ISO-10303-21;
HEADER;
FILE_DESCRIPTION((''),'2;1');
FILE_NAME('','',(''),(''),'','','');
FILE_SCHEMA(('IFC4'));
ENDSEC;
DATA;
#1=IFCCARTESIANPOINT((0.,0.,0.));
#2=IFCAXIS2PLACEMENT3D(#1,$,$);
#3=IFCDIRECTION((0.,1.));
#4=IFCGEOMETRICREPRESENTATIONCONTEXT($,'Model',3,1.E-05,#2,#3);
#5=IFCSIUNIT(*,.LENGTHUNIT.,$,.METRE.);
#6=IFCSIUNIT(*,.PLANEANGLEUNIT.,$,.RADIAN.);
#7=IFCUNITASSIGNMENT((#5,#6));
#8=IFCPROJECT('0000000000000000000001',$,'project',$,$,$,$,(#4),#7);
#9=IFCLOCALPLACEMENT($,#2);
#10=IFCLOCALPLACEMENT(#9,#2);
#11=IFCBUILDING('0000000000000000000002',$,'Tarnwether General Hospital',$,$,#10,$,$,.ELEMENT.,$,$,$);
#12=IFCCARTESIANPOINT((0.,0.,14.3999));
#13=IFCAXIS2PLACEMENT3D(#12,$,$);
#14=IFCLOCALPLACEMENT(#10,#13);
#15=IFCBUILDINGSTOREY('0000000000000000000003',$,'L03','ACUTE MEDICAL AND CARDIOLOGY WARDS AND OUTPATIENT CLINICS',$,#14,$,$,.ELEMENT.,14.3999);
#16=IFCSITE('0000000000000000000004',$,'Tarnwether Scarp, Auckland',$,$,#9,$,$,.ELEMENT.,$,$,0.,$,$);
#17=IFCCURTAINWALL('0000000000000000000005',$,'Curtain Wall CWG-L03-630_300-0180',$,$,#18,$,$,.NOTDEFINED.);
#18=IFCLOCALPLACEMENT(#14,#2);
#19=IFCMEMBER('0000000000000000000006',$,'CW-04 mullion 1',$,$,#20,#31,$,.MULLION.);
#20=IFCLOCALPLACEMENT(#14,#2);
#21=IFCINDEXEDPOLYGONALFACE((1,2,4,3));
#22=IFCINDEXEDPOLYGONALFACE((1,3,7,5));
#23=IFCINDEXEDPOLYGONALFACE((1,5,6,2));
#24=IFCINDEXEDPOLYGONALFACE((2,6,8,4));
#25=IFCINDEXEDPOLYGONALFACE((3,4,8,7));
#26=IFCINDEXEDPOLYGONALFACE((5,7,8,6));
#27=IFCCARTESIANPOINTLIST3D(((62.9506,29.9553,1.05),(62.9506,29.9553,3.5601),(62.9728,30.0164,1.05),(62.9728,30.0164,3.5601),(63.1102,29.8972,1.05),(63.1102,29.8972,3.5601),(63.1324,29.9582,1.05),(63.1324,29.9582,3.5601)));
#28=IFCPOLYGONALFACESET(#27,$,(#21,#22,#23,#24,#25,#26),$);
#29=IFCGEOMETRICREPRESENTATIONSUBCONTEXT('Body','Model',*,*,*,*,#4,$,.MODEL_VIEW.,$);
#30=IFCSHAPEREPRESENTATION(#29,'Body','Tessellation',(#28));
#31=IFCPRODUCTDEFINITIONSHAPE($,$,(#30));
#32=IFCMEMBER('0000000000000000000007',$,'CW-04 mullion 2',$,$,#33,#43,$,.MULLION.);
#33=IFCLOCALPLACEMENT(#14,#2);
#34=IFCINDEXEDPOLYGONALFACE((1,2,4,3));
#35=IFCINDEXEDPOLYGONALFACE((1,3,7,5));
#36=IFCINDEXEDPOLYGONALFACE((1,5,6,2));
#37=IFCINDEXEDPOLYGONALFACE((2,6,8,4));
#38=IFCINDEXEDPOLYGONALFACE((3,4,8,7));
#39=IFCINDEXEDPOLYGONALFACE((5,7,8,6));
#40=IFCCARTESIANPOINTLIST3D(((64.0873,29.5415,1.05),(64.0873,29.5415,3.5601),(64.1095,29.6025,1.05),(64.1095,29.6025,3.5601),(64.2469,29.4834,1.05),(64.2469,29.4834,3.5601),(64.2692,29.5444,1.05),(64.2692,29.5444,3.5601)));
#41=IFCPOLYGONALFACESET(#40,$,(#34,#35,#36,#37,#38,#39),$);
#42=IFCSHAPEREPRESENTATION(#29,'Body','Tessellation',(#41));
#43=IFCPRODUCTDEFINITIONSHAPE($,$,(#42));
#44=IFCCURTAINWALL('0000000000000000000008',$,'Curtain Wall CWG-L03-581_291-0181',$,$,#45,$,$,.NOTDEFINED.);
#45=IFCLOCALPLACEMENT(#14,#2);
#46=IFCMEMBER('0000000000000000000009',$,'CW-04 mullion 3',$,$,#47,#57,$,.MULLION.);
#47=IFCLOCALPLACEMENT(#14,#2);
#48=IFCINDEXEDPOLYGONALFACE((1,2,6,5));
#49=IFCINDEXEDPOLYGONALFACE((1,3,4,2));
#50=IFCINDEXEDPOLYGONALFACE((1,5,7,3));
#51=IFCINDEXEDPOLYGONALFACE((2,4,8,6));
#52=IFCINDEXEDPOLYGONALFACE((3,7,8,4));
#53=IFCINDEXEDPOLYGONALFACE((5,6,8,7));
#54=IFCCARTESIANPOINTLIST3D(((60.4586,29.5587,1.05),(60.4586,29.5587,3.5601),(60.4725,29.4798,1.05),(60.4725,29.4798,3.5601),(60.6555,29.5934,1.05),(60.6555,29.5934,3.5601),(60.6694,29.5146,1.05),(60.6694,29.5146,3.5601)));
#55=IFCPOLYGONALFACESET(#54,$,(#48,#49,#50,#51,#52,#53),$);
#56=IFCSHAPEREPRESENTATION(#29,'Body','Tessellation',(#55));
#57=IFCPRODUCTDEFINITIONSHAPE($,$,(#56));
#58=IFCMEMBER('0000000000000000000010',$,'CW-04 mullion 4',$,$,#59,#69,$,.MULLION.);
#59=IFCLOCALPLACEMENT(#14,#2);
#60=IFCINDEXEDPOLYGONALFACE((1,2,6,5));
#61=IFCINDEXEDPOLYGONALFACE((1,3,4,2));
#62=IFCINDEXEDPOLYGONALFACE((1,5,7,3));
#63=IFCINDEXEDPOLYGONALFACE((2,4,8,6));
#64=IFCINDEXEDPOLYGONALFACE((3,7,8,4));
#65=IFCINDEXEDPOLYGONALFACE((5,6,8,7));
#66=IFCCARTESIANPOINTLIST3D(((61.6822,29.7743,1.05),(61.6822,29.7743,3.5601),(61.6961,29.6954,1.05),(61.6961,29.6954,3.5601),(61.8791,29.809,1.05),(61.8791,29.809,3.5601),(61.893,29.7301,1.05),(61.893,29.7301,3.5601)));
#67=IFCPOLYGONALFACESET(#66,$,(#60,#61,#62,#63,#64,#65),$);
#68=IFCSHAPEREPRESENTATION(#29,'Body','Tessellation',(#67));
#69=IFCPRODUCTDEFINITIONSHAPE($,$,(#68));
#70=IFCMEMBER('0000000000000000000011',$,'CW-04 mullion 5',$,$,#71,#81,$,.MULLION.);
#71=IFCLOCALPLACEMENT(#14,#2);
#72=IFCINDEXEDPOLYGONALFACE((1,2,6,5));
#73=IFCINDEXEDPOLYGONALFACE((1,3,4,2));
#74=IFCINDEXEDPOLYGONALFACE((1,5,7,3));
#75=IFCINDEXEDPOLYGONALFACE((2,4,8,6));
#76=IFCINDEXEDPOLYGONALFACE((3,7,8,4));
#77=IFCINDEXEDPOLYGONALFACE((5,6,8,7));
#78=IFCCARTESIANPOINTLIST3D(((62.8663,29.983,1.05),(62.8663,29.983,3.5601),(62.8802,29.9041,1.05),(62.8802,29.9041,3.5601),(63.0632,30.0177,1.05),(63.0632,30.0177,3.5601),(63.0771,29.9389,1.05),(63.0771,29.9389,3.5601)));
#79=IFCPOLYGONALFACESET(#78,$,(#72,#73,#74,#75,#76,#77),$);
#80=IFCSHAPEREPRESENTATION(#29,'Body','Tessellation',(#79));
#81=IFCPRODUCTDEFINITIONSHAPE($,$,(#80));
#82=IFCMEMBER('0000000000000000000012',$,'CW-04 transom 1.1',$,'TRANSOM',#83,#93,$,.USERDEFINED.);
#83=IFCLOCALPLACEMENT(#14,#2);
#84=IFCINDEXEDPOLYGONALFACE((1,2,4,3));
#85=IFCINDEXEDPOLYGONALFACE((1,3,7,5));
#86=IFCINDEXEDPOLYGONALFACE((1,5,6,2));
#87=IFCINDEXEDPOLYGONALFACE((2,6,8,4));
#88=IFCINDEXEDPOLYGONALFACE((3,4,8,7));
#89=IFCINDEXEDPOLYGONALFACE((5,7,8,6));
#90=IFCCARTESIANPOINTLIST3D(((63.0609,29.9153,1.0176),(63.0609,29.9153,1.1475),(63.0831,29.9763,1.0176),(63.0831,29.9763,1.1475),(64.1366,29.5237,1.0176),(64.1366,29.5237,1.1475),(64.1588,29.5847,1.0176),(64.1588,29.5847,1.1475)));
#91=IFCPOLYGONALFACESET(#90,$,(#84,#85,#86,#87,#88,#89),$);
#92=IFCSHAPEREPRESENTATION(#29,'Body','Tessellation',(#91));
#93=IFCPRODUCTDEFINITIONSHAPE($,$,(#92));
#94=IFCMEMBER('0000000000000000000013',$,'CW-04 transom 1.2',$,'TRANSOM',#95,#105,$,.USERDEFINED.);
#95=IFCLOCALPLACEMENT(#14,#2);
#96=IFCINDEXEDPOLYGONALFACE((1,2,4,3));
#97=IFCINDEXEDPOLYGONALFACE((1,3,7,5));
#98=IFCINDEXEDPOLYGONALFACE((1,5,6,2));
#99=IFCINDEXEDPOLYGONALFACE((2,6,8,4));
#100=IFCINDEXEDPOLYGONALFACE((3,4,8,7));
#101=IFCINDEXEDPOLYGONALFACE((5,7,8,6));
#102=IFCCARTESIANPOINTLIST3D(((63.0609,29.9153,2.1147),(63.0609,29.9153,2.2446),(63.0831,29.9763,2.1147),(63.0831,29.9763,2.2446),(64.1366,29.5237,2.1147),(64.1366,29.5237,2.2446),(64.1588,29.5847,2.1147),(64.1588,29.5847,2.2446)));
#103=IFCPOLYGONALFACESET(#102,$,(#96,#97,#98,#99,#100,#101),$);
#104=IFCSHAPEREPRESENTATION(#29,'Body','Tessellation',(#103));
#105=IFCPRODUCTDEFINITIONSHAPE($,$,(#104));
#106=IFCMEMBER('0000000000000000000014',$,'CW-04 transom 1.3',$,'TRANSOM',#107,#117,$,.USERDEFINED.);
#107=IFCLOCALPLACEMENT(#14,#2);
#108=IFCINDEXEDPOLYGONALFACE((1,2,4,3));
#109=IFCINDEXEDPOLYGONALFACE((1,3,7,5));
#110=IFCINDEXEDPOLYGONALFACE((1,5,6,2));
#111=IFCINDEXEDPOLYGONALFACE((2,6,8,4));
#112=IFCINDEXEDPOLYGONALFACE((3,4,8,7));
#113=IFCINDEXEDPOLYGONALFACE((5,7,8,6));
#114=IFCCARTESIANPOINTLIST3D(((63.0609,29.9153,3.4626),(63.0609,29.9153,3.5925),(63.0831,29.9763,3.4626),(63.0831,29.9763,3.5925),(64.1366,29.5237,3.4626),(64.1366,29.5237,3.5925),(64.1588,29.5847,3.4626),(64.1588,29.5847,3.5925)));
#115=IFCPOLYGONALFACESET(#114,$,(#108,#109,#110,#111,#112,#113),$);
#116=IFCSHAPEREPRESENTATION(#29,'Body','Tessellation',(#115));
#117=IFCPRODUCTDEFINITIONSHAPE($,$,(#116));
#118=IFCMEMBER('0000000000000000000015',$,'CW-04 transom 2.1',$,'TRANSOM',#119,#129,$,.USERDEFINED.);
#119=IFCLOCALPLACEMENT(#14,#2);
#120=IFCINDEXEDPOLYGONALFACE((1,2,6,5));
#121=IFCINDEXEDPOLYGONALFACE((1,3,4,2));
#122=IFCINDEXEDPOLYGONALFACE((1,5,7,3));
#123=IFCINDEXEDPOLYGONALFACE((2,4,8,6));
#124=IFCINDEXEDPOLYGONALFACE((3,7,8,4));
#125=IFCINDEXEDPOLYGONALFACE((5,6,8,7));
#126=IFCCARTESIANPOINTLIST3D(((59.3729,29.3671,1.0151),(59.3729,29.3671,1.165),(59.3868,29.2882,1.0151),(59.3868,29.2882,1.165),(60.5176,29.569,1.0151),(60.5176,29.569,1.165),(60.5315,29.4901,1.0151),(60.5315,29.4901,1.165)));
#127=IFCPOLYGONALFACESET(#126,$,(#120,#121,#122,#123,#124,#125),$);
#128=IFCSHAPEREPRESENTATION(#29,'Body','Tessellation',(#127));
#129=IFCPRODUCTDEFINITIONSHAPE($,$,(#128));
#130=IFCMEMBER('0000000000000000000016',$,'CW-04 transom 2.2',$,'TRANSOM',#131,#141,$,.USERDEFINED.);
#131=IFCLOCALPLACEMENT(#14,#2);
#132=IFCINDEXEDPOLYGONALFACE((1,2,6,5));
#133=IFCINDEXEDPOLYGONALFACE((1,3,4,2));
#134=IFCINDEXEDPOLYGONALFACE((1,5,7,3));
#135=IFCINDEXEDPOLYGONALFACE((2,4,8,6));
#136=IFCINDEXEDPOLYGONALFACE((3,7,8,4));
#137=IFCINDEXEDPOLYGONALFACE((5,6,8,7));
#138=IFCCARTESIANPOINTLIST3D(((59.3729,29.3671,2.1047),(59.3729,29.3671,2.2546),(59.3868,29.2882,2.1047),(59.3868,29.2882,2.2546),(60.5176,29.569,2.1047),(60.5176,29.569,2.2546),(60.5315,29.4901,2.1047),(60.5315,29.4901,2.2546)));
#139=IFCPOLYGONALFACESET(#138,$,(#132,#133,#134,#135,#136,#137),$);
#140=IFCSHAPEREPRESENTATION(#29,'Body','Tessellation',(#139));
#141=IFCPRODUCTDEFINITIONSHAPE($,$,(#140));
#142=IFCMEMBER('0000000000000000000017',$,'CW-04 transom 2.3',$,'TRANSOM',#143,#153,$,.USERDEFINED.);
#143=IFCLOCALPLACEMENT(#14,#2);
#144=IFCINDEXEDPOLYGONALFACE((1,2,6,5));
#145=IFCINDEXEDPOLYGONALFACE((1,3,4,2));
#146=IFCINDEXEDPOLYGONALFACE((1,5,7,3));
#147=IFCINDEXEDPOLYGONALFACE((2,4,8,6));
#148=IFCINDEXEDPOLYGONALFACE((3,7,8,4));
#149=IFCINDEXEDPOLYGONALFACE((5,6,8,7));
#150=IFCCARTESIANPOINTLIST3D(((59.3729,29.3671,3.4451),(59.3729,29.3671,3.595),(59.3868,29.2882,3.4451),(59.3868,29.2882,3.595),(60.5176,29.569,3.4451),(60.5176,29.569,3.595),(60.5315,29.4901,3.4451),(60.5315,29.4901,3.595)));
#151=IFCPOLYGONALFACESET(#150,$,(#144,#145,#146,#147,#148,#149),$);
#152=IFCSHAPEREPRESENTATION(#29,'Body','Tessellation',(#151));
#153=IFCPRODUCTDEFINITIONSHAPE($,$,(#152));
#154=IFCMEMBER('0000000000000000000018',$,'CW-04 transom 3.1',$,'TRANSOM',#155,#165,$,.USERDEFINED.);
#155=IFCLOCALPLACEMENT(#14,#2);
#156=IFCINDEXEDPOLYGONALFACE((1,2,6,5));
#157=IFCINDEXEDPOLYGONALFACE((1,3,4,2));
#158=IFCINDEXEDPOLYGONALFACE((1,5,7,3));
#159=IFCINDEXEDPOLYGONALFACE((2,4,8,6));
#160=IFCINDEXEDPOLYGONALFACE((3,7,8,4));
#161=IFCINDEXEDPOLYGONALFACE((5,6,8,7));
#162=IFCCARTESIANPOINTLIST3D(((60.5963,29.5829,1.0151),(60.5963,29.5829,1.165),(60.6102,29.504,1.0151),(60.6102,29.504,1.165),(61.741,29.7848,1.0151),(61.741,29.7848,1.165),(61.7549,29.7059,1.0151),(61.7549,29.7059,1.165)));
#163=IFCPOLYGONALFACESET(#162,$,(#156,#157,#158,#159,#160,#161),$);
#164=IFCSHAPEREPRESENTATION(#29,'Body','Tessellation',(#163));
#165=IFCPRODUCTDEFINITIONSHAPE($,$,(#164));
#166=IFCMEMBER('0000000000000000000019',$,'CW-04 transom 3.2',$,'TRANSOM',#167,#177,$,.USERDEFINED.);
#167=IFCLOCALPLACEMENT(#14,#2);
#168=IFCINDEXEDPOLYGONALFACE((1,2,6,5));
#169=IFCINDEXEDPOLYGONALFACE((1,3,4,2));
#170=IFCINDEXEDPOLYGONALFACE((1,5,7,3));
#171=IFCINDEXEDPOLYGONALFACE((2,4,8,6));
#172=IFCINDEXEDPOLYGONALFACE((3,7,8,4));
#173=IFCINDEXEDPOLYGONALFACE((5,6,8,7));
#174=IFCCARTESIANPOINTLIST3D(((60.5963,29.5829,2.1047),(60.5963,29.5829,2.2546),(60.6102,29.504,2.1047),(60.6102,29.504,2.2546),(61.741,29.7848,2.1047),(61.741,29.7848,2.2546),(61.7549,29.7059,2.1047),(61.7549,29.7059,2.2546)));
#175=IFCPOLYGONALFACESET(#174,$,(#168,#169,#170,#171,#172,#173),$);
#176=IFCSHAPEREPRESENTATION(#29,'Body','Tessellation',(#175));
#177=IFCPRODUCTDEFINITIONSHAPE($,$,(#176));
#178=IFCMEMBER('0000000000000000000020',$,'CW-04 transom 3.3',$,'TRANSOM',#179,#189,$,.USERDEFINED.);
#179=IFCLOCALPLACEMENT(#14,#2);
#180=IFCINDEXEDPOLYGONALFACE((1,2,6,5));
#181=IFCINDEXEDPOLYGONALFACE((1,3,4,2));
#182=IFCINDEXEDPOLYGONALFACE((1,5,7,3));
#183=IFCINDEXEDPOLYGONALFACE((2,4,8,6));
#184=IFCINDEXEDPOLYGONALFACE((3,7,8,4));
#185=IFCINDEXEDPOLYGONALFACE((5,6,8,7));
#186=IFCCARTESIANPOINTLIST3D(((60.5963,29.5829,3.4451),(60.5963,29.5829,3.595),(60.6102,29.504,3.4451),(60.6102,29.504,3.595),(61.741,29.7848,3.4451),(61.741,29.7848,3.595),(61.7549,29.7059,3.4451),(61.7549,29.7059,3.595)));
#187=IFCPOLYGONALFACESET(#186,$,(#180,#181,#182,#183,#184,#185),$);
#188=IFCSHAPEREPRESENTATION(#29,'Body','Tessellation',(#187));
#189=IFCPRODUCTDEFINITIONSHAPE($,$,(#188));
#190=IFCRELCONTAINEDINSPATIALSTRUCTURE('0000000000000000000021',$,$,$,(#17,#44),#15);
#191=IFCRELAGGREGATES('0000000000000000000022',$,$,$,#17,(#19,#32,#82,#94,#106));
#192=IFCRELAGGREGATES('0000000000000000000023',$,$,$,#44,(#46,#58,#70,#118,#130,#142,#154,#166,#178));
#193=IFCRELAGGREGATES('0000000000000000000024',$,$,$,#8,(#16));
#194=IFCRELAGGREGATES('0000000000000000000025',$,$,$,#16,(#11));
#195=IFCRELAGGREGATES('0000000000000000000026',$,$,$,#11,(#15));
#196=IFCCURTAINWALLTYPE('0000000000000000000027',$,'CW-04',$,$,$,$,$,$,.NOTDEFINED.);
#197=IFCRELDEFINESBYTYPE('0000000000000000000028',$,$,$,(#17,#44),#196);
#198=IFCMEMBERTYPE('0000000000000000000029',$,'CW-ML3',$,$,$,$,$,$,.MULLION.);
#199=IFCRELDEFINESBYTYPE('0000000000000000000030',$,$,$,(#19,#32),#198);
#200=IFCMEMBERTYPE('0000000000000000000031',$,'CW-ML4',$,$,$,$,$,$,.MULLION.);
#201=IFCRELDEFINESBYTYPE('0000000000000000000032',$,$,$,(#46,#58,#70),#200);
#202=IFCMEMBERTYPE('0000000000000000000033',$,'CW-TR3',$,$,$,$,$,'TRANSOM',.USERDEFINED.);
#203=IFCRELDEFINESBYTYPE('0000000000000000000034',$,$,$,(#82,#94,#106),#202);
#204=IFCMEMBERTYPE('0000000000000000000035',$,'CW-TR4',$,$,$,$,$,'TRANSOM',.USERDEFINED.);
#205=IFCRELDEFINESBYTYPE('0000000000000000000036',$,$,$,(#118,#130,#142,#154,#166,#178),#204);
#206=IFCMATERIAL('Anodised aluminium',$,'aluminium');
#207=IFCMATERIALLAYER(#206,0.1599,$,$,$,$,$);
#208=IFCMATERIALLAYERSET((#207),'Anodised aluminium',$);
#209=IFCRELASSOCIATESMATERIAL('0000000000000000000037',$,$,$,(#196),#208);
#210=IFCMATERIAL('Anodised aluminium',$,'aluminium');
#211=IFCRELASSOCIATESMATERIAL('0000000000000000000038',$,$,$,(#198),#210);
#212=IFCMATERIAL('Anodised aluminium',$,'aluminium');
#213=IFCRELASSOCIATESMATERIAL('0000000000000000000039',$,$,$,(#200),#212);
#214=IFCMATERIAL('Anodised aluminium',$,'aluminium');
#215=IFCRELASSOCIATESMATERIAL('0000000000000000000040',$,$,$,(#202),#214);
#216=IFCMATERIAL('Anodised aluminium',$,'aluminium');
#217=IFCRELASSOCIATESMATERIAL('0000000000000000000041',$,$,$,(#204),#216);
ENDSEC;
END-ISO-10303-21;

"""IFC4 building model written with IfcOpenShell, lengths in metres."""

from ifc_helpers import new_model, si_unit, direction, frame, origin, origin_2d, place, context, subcontext, project, spatial, rectangle, extrude, material, layer, layer_set, material_profile, profile_set, type_object, element, aggregate, save


model = new_model("IFC4")

# Units and contexts
model_context = context("Model", 3, precision=1e-05, world=origin(), true_north=direction((0.0, 1.0)))
body_context = subcontext(model_context, "Body", "Model", "MODEL_VIEW")
ifc_project = project(units=[si_unit("LENGTHUNIT", "METRE"), si_unit("PLANEANGLEUNIT", "RADIAN")], contexts=[model_context])

# Site, building, storey
site_placement = place(None, origin())
site = spatial("IfcSite", under=ifc_project, at=site_placement, Name="Tarnwether Scarp, Auckland", CompositionType="ELEMENT", RefElevation=0.0)
building_placement = place(site_placement, origin())
building = spatial("IfcBuilding", under=site, at=building_placement, Name="Tarnwether General Hospital", CompositionType="ELEMENT")
storey_placement = place(building_placement, frame((0.0, 0.0, 14.3999)))
storey = spatial("IfcBuildingStorey", under=building, at=storey_placement, Name="L03", Description="ACUTE MEDICAL AND CARDIOLOGY WARDS AND OUTPATIENT CLINICS", CompositionType="ELEMENT", Elevation=14.3999)

# Curtain walls, members
ifc_material_1 = material(Name="Anodised aluminium", Category="aluminium")
ifc_layer_1 = layer(ifc_material_1, 0.1599)
ifc_layer_set_1 = layer_set([ifc_layer_1], Name="Anodised aluminium")
curtain_wall_type = type_object("IfcCurtainWallType", Name="CW-04", PredefinedType="NOTDEFINED", material=ifc_layer_set_1)
curtain_wall_1_placement = place(storey_placement, origin())
curtain_wall_1 = element("IfcCurtainWall", 1, at=curtain_wall_1_placement, inside=storey, type_object=curtain_wall_type, Name="Curtain Wall CWG-L03-630_300-0180", PredefinedType="NOTDEFINED")
ifc_material_2 = material(Name="Anodised aluminium", Category="aluminium")
ifc_material_profile_1 = material_profile(ifc_material_2, rectangle(XDim=0.0649, YDim=0.1699, at=origin_2d()), Name="ALU-MUL-65x170")
ifc_profile_set_1 = profile_set([ifc_material_profile_1], Name="Anodised aluminium")
member_type_1 = type_object("IfcMemberType", Name="CW-ML3", PredefinedType="MULLION", material=ifc_profile_set_1)
member_1_placement = place(storey_placement, frame((63.0415, 29.9568, 1.05), z_axis=(0.0, 0.0, 1.0), x_axis=(0.342131, 0.939652, 0.0)))
member_1 = element("IfcMember", 2, at=member_1_placement, type_object=member_type_1, Name="CW-04 mullion 1", PredefinedType="MULLION", context=body_context, shape_type="SweptSolid", body=[
    extrude(rectangle(XDim=0.0649, YDim=0.1699, at=origin_2d()), origin(), (0.0, 0.0, 1.0), 2.51),
])
member_2_placement = place(storey_placement, frame((64.1782, 29.543, 1.05), z_axis=(0.0, 0.0, 1.0), x_axis=(0.342131, 0.939652, 0.0)))
member_2 = element("IfcMember", 3, at=member_2_placement, type_object=member_type_1, Name="CW-04 mullion 2", PredefinedType="MULLION", context=body_context, shape_type="SweptSolid", body=[
    extrude(rectangle(XDim=0.0649, YDim=0.1699, at=origin_2d()), origin(), (0.0, 0.0, 1.0), 2.51),
])
curtain_wall_2_placement = place(storey_placement, origin())
curtain_wall_2 = element("IfcCurtainWall", 4, at=curtain_wall_2_placement, inside=storey, type_object=curtain_wall_type, Name="Curtain Wall CWG-L03-581_291-0181", PredefinedType="NOTDEFINED")
ifc_material_3 = material(Name="Anodised aluminium", Category="aluminium")
ifc_material_profile_2 = material_profile(ifc_material_3, rectangle(XDim=0.0801, YDim=0.2, at=origin_2d()), Name="ALU-MUL-80x200")
ifc_profile_set_2 = profile_set([ifc_material_profile_2], Name="Anodised aluminium")
member_type_2 = type_object("IfcMemberType", Name="CW-ML4", PredefinedType="MULLION", material=ifc_profile_set_2)
member_3_placement = place(storey_placement, frame((60.564, 29.5366, 1.05), z_axis=(0.0, 0.0, 1.0), x_axis=(-0.173659, 0.984806, 0.0)))
member_3 = element("IfcMember", 5, at=member_3_placement, type_object=member_type_2, Name="CW-04 mullion 3", PredefinedType="MULLION", context=body_context, shape_type="SweptSolid", body=[
    extrude(rectangle(XDim=0.0801, YDim=0.2, at=origin_2d()), origin(), (0.0, 0.0, 1.0), 2.51),
])
member_4_placement = place(storey_placement, frame((61.7876, 29.7522, 1.05), z_axis=(0.0, 0.0, 1.0), x_axis=(-0.173659, 0.984806, 0.0)))
member_4 = element("IfcMember", 6, at=member_4_placement, type_object=member_type_2, Name="CW-04 mullion 4", PredefinedType="MULLION", context=body_context, shape_type="SweptSolid", body=[
    extrude(rectangle(XDim=0.0801, YDim=0.2, at=origin_2d()), origin(), (0.0, 0.0, 1.0), 2.51),
])
member_5_placement = place(storey_placement, frame((62.9717, 29.9609, 1.05), z_axis=(0.0, 0.0, 1.0), x_axis=(-0.173659, 0.984806, 0.0)))
member_5 = element("IfcMember", 7, at=member_5_placement, type_object=member_type_2, Name="CW-04 mullion 5", PredefinedType="MULLION", context=body_context, shape_type="SweptSolid", body=[
    extrude(rectangle(XDim=0.0801, YDim=0.2, at=origin_2d()), origin(), (0.0, 0.0, 1.0), 2.51),
])

# Members
ifc_material_4 = material(Name="Anodised aluminium", Category="aluminium")
ifc_material_profile_3 = material_profile(ifc_material_4, rectangle(XDim=0.0649, YDim=0.1299, at=origin_2d()), Name="ALU-TRN-65x130")
ifc_profile_set_3 = profile_set([ifc_material_profile_3], Name="Anodised aluminium")
member_type_3 = type_object("IfcMemberType", Name="CW-TR3", ElementType="TRANSOM", PredefinedType="USERDEFINED", material=ifc_profile_set_3)
member_6_placement = place(storey_placement, frame((63.072, 29.9458, 1.0825), z_axis=(0.939669, -0.342086, 0.0), x_axis=(0.342086, 0.939669, 0.0)))
member_6 = element("IfcMember", 8, at=member_6_placement, type_object=member_type_3, Name="CW-04 transom 1.1", ObjectType="TRANSOM", PredefinedType="USERDEFINED", context=body_context, shape_type="SweptSolid", body=[
    extrude(rectangle(XDim=0.0649, YDim=0.1299, at=origin_2d()), origin(), (0.0, 0.0, 1.0), 1.1448),
])
member_7_placement = place(storey_placement, frame((63.072, 29.9458, 2.1797), z_axis=(0.939669, -0.342086, 0.0), x_axis=(0.342086, 0.939669, 0.0)))
member_7 = element("IfcMember", 9, at=member_7_placement, type_object=member_type_3, Name="CW-04 transom 1.2", ObjectType="TRANSOM", PredefinedType="USERDEFINED", context=body_context, shape_type="SweptSolid", body=[
    extrude(rectangle(XDim=0.0649, YDim=0.1299, at=origin_2d()), origin(), (0.0, 0.0, 1.0), 1.1448),
])
member_8_placement = place(storey_placement, frame((63.072, 29.9458, 3.5276), z_axis=(0.939669, -0.342086, 0.0), x_axis=(0.342086, 0.939669, 0.0)))
member_8 = element("IfcMember", 10, at=member_8_placement, type_object=member_type_3, Name="CW-04 transom 1.3", ObjectType="TRANSOM", PredefinedType="USERDEFINED", context=body_context, shape_type="SweptSolid", body=[
    extrude(rectangle(XDim=0.0649, YDim=0.1299, at=origin_2d()), origin(), (0.0, 0.0, 1.0), 1.1448),
])
ifc_material_5 = material(Name="Anodised aluminium", Category="aluminium")
ifc_material_profile_4 = material_profile(ifc_material_5, rectangle(XDim=0.0801, YDim=0.1499, at=origin_2d()), Name="ALU-TRN-80x150")
ifc_profile_set_4 = profile_set([ifc_material_profile_4], Name="Anodised aluminium")
member_type_4 = type_object("IfcMemberType", Name="CW-TR4", ElementType="TRANSOM", PredefinedType="USERDEFINED", material=ifc_profile_set_4)
member_9_placement = place(storey_placement, frame((59.3799, 29.3276, 1.0901), z_axis=(0.9848, 0.173689, 0.0), x_axis=(-0.173689, 0.9848, 0.0)))
member_9 = element("IfcMember", 11, at=member_9_placement, type_object=member_type_4, Name="CW-04 transom 2.1", ObjectType="TRANSOM", PredefinedType="USERDEFINED", context=body_context, shape_type="SweptSolid", body=[
    extrude(rectangle(XDim=0.0801, YDim=0.1499, at=origin_2d()), origin(), (0.0, 0.0, 1.0), 1.1624),
])
member_10_placement = place(storey_placement, frame((59.3799, 29.3276, 2.1797), z_axis=(0.9848, 0.173689, 0.0), x_axis=(-0.173689, 0.9848, 0.0)))
member_10 = element("IfcMember", 12, at=member_10_placement, type_object=member_type_4, Name="CW-04 transom 2.2", ObjectType="TRANSOM", PredefinedType="USERDEFINED", context=body_context, shape_type="SweptSolid", body=[
    extrude(rectangle(XDim=0.0801, YDim=0.1499, at=origin_2d()), origin(), (0.0, 0.0, 1.0), 1.1624),
])
member_11_placement = place(storey_placement, frame((59.3799, 29.3276, 3.52), z_axis=(0.9848, 0.173689, 0.0), x_axis=(-0.173689, 0.9848, 0.0)))
member_11 = element("IfcMember", 13, at=member_11_placement, type_object=member_type_4, Name="CW-04 transom 2.3", ObjectType="TRANSOM", PredefinedType="USERDEFINED", context=body_context, shape_type="SweptSolid", body=[
    extrude(rectangle(XDim=0.0801, YDim=0.1499, at=origin_2d()), origin(), (0.0, 0.0, 1.0), 1.1624),
])
member_12_placement = place(storey_placement, frame((60.6033, 29.5435, 1.0901), z_axis=(0.9848, 0.173689, 0.0), x_axis=(-0.173689, 0.9848, 0.0)))
member_12 = element("IfcMember", 14, at=member_12_placement, type_object=member_type_4, Name="CW-04 transom 3.1", ObjectType="TRANSOM", PredefinedType="USERDEFINED", context=body_context, shape_type="SweptSolid", body=[
    extrude(rectangle(XDim=0.0801, YDim=0.1499, at=origin_2d()), origin(), (0.0, 0.0, 1.0), 1.1624),
])
member_13_placement = place(storey_placement, frame((60.6033, 29.5435, 2.1797), z_axis=(0.9848, 0.173689, 0.0), x_axis=(-0.173689, 0.9848, 0.0)))
member_13 = element("IfcMember", 15, at=member_13_placement, type_object=member_type_4, Name="CW-04 transom 3.2", ObjectType="TRANSOM", PredefinedType="USERDEFINED", context=body_context, shape_type="SweptSolid", body=[
    extrude(rectangle(XDim=0.0801, YDim=0.1499, at=origin_2d()), origin(), (0.0, 0.0, 1.0), 1.1624),
])
member_14_placement = place(storey_placement, frame((60.6033, 29.5435, 3.52), z_axis=(0.9848, 0.173689, 0.0), x_axis=(-0.173689, 0.9848, 0.0)))
member_14 = element("IfcMember", 16, at=member_14_placement, type_object=member_type_4, Name="CW-04 transom 3.3", ObjectType="TRANSOM", PredefinedType="USERDEFINED", context=body_context, shape_type="SweptSolid", body=[
    extrude(rectangle(XDim=0.0801, YDim=0.1499, at=origin_2d()), origin(), (0.0, 0.0, 1.0), 1.1624),
])

aggregate(curtain_wall_1, [member_1, member_2, member_6, member_7, member_8])
aggregate(curtain_wall_2, [member_3, member_4, member_5, member_9, member_10, member_11, member_12, member_13, member_14])

save(model, "model.ifc")
